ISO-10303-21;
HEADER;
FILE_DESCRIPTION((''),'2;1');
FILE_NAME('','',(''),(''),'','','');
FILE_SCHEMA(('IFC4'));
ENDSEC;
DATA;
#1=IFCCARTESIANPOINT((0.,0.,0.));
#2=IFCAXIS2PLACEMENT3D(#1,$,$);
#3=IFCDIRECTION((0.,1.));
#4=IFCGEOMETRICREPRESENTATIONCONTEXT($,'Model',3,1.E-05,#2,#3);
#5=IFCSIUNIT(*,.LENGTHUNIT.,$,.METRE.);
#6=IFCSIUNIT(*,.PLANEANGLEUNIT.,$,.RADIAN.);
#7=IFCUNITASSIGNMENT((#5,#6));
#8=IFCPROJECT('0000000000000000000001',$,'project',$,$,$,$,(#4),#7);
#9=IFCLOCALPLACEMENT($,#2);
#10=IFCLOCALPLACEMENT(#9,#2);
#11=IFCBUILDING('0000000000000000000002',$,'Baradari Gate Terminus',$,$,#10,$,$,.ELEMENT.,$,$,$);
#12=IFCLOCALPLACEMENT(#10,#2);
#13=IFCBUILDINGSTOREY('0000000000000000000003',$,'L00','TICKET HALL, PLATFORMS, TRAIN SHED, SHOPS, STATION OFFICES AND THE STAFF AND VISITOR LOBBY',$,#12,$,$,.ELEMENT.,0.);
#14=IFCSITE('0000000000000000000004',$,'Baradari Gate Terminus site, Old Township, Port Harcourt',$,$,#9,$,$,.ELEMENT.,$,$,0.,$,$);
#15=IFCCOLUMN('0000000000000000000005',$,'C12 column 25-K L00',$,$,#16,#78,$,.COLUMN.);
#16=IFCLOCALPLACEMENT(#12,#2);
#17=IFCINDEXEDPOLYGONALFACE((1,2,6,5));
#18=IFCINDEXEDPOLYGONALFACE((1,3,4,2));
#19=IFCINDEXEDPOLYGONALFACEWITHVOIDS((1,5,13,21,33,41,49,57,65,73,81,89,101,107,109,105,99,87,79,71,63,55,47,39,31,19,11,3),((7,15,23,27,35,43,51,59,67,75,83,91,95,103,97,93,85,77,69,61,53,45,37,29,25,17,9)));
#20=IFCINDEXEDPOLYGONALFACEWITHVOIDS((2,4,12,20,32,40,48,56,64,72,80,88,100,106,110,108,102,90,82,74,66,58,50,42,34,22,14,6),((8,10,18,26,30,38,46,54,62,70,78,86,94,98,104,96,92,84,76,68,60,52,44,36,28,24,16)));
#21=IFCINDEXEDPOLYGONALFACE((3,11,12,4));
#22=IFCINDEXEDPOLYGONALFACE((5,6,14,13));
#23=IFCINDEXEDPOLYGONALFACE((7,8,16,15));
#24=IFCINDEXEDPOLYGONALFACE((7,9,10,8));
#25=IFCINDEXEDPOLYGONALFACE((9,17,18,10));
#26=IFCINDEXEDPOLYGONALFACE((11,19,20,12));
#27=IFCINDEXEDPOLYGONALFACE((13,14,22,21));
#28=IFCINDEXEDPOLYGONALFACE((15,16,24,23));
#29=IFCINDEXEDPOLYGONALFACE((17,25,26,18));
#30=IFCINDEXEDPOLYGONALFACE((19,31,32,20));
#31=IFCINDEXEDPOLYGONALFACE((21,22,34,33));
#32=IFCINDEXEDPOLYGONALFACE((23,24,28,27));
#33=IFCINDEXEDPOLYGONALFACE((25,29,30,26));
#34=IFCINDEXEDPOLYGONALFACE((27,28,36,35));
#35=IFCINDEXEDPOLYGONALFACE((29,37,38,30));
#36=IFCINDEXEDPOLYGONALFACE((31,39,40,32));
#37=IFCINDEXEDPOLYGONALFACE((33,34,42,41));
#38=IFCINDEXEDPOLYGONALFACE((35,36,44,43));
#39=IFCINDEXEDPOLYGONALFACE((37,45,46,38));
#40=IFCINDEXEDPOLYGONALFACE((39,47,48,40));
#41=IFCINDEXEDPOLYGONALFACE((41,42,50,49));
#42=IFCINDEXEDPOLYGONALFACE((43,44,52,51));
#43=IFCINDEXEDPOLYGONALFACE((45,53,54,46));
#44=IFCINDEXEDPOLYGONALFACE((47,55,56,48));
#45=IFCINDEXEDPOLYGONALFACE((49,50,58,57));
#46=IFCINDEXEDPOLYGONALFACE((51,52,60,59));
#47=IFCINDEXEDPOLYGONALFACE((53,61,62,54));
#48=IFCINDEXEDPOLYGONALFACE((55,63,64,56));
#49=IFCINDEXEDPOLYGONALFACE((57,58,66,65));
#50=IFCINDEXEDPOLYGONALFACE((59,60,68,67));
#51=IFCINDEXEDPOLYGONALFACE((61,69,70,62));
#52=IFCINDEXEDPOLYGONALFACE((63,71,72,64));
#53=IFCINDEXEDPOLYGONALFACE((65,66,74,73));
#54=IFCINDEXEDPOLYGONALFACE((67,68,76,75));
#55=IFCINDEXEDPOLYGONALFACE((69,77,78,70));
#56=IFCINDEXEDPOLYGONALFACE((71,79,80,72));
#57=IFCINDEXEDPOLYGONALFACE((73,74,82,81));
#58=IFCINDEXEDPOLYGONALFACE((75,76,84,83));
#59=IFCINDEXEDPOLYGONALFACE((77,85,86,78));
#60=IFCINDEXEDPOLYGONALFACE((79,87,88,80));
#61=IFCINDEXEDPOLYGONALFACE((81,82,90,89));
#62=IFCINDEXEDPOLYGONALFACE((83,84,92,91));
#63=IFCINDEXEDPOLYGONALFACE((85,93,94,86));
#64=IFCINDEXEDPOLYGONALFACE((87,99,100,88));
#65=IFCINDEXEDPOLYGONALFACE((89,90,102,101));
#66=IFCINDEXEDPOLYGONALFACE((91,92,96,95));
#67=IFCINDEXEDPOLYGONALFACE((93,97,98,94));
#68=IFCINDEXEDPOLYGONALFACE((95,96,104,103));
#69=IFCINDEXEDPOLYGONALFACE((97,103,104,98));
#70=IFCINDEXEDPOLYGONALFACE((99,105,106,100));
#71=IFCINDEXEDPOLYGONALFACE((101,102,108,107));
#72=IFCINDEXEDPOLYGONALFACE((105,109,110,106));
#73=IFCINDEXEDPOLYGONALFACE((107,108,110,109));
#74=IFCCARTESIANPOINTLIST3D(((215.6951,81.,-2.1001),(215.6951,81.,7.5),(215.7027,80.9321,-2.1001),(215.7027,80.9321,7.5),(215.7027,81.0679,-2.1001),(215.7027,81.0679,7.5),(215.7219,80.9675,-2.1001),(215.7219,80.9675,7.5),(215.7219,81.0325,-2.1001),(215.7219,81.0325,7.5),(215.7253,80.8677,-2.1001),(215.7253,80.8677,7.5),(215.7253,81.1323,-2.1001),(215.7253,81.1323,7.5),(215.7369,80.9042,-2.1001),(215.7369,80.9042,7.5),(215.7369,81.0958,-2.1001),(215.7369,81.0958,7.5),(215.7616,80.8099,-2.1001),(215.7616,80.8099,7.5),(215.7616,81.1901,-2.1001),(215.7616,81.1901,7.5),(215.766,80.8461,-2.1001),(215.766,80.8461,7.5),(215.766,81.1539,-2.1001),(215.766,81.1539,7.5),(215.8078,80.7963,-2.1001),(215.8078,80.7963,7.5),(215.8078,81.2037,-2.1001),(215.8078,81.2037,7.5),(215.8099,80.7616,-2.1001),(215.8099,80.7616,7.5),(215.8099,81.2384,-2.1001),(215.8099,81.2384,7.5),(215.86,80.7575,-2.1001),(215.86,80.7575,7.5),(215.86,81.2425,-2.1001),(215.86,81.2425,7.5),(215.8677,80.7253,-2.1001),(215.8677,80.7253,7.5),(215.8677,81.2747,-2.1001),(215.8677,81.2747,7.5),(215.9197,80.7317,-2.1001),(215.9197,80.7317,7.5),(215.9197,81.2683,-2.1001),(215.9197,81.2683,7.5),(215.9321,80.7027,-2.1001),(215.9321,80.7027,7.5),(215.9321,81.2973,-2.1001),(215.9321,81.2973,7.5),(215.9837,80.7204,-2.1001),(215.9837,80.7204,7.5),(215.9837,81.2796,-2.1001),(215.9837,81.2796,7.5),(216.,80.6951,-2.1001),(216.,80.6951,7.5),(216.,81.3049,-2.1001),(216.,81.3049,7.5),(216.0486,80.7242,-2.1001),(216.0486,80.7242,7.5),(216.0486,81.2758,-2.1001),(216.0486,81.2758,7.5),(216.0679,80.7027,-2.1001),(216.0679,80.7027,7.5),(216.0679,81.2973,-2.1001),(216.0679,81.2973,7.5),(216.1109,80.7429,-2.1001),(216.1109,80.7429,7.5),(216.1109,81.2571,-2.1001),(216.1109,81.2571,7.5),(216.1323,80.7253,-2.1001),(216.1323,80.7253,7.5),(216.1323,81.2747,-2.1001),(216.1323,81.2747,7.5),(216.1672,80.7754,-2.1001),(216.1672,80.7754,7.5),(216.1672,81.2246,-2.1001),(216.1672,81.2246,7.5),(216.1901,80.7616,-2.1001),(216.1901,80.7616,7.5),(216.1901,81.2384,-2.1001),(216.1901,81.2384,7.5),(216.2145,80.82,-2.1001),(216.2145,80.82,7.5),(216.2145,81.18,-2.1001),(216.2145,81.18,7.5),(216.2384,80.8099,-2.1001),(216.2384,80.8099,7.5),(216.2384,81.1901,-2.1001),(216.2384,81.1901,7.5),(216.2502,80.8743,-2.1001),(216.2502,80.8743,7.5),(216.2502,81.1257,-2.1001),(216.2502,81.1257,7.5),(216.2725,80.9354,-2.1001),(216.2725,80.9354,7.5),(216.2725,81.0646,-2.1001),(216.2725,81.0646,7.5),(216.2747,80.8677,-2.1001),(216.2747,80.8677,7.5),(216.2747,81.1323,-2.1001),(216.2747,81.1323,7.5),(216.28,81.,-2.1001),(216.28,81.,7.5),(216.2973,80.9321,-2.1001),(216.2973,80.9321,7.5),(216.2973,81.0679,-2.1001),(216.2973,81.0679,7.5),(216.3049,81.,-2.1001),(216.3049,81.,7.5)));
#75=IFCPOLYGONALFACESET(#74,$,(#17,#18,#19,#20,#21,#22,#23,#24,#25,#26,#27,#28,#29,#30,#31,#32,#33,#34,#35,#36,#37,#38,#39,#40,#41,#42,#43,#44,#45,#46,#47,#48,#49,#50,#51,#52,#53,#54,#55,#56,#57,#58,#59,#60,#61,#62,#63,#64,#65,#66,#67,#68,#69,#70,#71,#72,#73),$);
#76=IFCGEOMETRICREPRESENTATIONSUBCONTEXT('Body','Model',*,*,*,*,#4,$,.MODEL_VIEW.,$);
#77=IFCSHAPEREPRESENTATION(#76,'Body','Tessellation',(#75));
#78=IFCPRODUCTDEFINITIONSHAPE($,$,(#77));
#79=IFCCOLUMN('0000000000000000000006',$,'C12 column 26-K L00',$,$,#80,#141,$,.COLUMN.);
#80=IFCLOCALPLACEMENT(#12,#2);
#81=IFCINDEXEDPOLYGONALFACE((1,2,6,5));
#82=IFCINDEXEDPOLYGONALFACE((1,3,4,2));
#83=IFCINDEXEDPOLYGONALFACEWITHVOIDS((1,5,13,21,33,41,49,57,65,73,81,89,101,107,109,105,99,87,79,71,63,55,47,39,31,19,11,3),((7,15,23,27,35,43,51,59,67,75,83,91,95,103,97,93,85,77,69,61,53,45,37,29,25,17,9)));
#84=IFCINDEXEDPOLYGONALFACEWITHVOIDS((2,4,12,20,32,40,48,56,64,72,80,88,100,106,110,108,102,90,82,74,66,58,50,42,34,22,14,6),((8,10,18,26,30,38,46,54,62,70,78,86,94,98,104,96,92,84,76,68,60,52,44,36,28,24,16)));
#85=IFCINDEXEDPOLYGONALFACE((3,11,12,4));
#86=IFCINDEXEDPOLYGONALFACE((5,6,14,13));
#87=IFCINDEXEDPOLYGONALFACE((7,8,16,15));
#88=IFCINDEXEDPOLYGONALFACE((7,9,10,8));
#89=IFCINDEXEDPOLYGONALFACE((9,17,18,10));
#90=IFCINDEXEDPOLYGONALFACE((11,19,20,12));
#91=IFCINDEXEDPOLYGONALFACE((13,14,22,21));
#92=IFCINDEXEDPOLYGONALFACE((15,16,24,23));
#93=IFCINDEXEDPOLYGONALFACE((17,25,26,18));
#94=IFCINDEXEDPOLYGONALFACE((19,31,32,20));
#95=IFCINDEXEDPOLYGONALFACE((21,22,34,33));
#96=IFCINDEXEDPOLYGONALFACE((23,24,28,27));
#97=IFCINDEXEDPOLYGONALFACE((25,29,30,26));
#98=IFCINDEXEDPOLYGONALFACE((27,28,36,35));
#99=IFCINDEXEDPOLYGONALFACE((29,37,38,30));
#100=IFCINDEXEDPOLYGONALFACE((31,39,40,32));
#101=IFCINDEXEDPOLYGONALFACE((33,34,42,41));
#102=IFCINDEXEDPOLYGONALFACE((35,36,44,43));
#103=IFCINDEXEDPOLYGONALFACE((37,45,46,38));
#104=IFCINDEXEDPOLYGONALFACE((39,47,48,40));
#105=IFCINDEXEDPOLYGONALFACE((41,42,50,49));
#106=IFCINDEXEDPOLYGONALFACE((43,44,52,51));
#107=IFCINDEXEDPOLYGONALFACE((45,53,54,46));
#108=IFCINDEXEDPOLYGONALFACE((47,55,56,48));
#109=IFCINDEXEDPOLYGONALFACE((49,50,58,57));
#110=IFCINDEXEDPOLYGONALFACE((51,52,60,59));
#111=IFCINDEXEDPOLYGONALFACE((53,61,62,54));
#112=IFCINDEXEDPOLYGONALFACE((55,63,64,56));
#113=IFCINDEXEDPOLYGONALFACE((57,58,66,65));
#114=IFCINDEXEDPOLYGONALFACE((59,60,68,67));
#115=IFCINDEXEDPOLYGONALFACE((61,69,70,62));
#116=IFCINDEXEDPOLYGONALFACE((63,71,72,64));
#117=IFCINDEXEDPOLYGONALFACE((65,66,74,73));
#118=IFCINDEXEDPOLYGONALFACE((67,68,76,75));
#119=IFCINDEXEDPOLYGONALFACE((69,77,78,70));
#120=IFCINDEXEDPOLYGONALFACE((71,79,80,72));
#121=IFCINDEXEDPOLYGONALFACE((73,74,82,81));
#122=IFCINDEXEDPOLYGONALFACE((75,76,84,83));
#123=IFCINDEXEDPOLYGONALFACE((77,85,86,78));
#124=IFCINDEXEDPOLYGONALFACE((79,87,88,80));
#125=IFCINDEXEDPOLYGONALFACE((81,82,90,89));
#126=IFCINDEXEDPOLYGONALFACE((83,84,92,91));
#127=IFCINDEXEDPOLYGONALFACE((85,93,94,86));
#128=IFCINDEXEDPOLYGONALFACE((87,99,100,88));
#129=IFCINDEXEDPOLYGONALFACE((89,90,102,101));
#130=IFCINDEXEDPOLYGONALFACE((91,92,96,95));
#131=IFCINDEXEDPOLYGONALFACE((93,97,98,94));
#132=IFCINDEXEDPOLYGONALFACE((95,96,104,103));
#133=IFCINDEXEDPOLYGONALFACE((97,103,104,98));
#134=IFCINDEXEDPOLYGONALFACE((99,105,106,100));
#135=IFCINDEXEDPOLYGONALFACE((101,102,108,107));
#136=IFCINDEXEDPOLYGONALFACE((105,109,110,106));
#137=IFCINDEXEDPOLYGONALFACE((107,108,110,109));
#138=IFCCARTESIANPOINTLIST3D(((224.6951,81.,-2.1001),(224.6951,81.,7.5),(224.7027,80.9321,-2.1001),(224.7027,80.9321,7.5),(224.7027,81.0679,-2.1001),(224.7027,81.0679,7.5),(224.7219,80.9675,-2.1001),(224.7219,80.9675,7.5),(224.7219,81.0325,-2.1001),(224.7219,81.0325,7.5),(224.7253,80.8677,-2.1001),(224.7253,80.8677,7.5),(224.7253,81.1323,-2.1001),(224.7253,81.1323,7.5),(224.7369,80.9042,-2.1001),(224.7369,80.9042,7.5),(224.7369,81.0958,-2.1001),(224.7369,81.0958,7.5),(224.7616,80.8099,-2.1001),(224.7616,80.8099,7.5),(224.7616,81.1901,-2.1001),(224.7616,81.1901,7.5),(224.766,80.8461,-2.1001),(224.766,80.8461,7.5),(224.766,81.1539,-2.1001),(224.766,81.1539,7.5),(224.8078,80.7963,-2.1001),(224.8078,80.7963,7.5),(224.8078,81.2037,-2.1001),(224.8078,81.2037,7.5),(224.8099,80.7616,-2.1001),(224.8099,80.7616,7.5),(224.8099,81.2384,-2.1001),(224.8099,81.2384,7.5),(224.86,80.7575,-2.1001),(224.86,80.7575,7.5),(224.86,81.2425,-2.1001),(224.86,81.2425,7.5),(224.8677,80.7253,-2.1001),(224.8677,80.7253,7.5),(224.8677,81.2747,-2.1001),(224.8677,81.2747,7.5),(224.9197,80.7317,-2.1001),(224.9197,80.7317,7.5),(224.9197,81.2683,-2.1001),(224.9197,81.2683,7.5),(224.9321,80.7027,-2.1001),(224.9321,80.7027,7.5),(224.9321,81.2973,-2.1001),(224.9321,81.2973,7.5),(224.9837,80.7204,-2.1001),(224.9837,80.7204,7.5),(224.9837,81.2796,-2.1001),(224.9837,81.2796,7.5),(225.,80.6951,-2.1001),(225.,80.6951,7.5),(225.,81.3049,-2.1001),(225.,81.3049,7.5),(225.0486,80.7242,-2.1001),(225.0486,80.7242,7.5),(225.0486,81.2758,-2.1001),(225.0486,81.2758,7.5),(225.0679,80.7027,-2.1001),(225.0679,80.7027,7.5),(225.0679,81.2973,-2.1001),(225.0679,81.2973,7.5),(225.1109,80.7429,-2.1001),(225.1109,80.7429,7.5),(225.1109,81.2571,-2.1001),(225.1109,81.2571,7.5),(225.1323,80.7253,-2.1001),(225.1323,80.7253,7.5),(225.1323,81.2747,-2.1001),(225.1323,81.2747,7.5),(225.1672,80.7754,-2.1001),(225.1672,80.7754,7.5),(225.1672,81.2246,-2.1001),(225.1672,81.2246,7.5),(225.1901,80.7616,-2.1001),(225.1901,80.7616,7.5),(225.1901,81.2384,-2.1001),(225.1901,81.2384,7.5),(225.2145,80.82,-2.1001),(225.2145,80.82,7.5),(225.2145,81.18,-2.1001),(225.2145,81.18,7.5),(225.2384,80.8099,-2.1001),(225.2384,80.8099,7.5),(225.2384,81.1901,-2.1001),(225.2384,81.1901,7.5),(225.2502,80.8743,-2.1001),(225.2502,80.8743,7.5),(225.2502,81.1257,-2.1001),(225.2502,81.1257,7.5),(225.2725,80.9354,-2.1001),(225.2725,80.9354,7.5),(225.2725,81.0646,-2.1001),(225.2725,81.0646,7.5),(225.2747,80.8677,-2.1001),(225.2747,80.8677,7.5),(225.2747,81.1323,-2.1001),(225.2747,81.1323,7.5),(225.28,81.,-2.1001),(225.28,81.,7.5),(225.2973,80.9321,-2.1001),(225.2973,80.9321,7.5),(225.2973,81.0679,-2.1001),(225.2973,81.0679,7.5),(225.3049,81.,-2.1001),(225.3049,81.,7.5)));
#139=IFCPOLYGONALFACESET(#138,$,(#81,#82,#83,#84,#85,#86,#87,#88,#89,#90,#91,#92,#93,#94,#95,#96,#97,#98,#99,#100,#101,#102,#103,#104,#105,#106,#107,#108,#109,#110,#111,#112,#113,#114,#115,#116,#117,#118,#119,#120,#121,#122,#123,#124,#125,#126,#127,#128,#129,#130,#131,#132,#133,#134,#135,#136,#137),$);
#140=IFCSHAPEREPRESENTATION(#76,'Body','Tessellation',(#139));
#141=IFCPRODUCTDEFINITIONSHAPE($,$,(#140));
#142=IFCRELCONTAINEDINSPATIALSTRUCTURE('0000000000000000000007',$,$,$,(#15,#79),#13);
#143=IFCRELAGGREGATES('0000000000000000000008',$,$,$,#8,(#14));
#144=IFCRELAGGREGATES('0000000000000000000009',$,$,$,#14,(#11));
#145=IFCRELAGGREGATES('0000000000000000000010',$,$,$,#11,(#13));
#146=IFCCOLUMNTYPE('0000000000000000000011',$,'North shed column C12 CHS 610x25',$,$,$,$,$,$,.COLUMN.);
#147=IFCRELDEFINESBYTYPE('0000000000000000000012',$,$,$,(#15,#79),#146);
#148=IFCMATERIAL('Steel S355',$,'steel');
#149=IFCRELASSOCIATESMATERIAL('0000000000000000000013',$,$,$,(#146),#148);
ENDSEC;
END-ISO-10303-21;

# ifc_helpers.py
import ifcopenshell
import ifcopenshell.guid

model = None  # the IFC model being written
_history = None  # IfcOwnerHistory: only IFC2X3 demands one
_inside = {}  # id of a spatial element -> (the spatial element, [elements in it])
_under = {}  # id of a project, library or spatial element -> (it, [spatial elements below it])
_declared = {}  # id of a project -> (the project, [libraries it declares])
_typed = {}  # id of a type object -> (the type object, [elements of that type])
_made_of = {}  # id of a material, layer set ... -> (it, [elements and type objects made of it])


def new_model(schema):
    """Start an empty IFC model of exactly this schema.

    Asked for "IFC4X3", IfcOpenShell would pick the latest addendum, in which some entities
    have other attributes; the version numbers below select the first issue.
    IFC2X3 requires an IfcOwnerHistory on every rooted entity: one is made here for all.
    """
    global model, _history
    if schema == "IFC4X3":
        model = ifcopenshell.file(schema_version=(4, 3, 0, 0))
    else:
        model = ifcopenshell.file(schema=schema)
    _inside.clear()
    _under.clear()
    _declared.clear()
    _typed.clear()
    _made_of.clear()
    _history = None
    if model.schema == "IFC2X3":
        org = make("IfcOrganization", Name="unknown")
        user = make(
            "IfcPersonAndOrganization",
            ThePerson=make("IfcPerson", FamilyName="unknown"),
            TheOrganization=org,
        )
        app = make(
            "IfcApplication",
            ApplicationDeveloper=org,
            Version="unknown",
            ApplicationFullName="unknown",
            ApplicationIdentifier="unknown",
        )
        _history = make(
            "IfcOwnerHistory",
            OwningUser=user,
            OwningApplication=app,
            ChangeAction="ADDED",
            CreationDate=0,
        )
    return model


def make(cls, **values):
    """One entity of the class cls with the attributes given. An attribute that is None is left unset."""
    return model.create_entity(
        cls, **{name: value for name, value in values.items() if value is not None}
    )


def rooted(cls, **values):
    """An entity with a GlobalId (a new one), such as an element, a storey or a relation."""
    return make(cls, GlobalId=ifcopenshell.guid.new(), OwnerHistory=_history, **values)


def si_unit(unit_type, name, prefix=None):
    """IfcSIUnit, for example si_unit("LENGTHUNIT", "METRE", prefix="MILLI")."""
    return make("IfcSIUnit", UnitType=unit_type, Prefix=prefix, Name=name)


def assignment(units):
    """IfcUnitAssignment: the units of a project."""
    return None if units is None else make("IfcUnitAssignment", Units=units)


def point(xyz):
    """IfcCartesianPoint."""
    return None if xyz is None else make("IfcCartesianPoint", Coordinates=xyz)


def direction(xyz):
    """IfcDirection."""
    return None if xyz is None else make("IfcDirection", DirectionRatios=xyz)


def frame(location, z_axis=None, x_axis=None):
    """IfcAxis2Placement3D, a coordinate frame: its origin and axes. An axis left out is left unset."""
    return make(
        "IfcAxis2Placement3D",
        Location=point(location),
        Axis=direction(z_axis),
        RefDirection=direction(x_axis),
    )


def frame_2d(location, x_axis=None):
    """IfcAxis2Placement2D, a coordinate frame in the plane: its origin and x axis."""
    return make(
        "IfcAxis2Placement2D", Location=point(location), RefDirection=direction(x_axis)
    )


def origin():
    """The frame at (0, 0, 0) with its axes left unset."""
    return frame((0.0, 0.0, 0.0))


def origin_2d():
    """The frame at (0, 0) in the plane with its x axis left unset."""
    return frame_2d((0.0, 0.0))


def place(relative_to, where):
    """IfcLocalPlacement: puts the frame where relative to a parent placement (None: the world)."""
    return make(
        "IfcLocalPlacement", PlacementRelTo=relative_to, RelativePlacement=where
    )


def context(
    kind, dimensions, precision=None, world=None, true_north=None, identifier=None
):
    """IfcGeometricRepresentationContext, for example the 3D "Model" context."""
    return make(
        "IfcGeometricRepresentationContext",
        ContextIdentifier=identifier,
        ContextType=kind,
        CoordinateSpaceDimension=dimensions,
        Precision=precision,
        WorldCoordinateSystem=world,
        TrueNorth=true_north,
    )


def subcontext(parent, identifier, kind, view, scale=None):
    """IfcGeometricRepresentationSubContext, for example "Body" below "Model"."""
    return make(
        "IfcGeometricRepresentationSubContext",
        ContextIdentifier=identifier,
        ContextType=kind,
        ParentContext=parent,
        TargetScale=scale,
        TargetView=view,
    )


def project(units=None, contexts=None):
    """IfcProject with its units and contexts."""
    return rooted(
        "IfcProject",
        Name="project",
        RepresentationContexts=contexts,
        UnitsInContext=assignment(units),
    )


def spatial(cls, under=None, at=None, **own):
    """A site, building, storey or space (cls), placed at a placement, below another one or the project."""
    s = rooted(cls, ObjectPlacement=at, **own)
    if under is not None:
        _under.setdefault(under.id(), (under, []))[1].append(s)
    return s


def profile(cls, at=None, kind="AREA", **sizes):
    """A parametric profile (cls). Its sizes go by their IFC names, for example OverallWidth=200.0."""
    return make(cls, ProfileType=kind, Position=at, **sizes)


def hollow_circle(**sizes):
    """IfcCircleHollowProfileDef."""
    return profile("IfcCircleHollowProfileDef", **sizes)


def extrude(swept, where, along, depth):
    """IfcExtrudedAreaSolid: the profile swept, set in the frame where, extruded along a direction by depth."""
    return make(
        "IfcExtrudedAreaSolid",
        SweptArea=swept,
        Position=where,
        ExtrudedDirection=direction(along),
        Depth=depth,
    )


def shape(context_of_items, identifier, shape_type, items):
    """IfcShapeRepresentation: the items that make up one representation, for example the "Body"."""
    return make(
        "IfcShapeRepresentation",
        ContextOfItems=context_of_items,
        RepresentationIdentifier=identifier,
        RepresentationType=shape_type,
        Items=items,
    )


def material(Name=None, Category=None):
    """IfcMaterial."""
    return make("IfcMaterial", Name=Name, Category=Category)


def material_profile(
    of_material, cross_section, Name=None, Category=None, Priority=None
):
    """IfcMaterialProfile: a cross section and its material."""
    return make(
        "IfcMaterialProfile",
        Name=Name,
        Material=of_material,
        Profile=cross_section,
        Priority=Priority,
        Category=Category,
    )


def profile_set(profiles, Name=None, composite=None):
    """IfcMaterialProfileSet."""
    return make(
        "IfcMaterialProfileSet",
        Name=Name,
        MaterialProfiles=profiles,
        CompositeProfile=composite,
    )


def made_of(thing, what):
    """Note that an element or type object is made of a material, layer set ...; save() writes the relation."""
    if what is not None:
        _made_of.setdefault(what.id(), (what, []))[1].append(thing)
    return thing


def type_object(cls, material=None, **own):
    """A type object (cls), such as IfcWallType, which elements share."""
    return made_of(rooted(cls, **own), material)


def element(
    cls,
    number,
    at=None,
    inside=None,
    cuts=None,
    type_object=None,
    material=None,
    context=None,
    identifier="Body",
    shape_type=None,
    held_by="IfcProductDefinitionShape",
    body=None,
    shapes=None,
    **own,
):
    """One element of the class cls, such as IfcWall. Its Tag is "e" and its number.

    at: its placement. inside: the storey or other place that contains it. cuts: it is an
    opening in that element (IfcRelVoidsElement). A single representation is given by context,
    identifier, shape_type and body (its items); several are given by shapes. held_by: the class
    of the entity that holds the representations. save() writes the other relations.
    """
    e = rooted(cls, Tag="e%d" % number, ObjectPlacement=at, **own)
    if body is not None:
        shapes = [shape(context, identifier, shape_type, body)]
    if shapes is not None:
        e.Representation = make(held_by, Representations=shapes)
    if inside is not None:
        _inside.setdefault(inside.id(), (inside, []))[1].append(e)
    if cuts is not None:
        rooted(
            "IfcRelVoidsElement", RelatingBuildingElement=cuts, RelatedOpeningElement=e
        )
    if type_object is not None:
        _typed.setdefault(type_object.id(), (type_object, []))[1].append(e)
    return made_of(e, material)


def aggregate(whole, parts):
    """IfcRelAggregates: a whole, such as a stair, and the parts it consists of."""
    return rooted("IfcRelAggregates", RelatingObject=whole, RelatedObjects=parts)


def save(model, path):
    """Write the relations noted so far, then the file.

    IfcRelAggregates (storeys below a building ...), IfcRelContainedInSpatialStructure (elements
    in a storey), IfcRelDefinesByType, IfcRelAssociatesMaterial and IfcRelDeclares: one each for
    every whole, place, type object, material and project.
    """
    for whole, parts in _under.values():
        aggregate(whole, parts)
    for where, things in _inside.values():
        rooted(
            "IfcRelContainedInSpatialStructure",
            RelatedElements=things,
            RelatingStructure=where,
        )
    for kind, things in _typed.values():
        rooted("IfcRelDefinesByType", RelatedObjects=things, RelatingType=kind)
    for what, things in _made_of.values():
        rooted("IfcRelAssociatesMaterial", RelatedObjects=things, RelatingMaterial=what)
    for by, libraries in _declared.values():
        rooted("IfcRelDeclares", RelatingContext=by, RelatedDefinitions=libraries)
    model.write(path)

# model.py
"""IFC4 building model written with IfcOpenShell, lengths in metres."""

from ifc_helpers import new_model, si_unit, direction, frame, origin, origin_2d, place, context, subcontext, project, spatial, hollow_circle, extrude, material, material_profile, profile_set, type_object, element, save


model = new_model("IFC4")

# Units and contexts
model_context = context("Model", 3, precision=1e-05, world=origin(), true_north=direction((0.0, 1.0)))
body_context = subcontext(model_context, "Body", "Model", "MODEL_VIEW")
ifc_project = project(units=[si_unit("LENGTHUNIT", "METRE"), si_unit("PLANEANGLEUNIT", "RADIAN")], contexts=[model_context])

# Site, building, storey
site_placement = place(None, origin())
site = spatial("IfcSite", under=ifc_project, at=site_placement, Name="Baradari Gate Terminus site, Old Township, Port Harcourt", CompositionType="ELEMENT", RefElevation=0.0)
building_placement = place(site_placement, origin())
building = spatial("IfcBuilding", under=site, at=building_placement, Name="Baradari Gate Terminus", CompositionType="ELEMENT")
storey_placement = place(building_placement, origin())
storey = spatial("IfcBuildingStorey", under=building, at=storey_placement, Name="L00", Description="TICKET HALL, PLATFORMS, TRAIN SHED, SHOPS, STATION OFFICES AND THE STAFF AND VISITOR LOBBY", CompositionType="ELEMENT", Elevation=0.0)

# Columns
ifc_material_1 = material(Name="Steel S355", Category="steel")
ifc_material_profile = material_profile(ifc_material_1, hollow_circle(Radius=0.3049, WallThickness=0.0249, at=origin_2d()), Name="CHS 610x25")
ifc_profile_set = profile_set([ifc_material_profile], Name="Steel S355")
column_type = type_object("IfcColumnType", Name="North shed column C12 CHS 610x25", PredefinedType="COLUMN", material=ifc_profile_set)
for number, where, z_axis, x_axis, name in (
    (1, (216.0, 81.0, -2.1001), (0.0, 0.0, 1.0), (1.0, 0.0, 0.0), "C12 column 25-K L00"),
    (2, (225.0, 81.0, -2.1001), (0.0, 0.0, 1.0), (1.0, 0.0, 0.0), "C12 column 26-K L00"),
):
    element("IfcColumn", number, at=place(storey_placement, frame(where, z_axis=z_axis, x_axis=x_axis)), inside=storey, type_object=column_type, Name=name, PredefinedType="COLUMN", context=body_context, shape_type="SweptSolid", body=[
        extrude(hollow_circle(Radius=0.3049, WallThickness=0.0249, at=origin_2d()), origin(), (0.0, 0.0, 1.0), 9.6001),
    ])

save(model, "model.ifc")
